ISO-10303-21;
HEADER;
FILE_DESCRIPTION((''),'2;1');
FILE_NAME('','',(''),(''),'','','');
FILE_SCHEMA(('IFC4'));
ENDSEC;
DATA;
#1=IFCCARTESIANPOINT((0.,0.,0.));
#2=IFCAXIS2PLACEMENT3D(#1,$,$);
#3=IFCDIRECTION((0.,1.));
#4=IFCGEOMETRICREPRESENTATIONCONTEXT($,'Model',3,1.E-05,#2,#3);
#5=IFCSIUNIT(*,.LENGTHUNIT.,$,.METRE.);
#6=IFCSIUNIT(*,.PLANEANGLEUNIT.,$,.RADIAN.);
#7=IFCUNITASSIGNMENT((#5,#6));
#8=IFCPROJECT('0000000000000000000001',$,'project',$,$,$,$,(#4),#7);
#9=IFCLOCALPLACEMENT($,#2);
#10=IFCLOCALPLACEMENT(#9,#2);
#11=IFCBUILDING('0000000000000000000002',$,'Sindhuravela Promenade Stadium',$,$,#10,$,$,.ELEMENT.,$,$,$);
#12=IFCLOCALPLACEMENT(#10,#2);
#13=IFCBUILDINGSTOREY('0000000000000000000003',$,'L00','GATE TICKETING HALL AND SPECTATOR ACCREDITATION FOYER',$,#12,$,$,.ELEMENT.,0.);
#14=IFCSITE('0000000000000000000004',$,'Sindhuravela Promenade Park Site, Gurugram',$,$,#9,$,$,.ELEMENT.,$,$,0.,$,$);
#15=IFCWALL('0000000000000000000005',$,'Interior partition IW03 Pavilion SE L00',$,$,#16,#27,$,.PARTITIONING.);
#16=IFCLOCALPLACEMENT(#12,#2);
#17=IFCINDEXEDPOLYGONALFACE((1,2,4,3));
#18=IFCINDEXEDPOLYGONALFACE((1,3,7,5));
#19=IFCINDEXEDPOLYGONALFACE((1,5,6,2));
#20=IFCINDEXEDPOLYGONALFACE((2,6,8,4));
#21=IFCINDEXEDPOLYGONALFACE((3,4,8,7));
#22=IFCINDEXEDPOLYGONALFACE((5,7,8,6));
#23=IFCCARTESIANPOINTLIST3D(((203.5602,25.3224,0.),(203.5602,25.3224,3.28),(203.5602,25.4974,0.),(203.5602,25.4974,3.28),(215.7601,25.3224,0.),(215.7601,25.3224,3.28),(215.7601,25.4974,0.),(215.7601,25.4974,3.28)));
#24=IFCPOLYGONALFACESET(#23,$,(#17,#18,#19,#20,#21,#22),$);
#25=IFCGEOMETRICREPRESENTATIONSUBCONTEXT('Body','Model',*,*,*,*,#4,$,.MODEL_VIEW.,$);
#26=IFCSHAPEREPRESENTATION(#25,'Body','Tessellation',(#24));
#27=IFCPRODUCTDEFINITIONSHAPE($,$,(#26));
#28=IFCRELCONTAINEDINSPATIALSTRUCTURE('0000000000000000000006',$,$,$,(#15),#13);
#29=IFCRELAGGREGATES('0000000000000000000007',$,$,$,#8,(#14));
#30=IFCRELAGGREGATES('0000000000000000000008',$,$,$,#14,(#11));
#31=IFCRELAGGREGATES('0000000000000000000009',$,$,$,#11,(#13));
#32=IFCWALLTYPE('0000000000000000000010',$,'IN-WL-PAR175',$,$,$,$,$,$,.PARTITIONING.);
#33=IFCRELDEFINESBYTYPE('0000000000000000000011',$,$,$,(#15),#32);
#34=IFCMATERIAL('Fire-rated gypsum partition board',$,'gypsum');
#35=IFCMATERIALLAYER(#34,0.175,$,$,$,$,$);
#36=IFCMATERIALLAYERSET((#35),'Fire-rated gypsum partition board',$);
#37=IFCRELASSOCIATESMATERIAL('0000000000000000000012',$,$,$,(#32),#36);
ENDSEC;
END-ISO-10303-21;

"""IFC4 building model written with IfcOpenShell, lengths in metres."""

from ifc_helpers import new_model, si_unit, direction, frame, frame_2d, origin, place, context, subcontext, project, spatial, rectangle, extrude, material, layer, layer_set, type_object, element, save


model = new_model("IFC4")

# Units and contexts
model_context = context("Model", 3, precision=1e-05, world=origin(), true_north=direction((0.0, 1.0)))
body_context = subcontext(model_context, "Body", "Model", "MODEL_VIEW")
ifc_project = project(units=[si_unit("LENGTHUNIT", "METRE"), si_unit("PLANEANGLEUNIT", "RADIAN")], contexts=[model_context])

# Site, building, storey
site_placement = place(None, origin())
site = spatial("IfcSite", under=ifc_project, at=site_placement, Name="Sindhuravela Promenade Park Site, Gurugram", CompositionType="ELEMENT", RefElevation=0.0)
building_placement = place(site_placement, origin())
building = spatial("IfcBuilding", under=site, at=building_placement, Name="Sindhuravela Promenade Stadium", CompositionType="ELEMENT")
storey_placement = place(building_placement, origin())
storey = spatial("IfcBuildingStorey", under=building, at=storey_placement, Name="L00", Description="GATE TICKETING HALL AND SPECTATOR ACCREDITATION FOYER", CompositionType="ELEMENT", Elevation=0.0)

# Shared definitions
ifc_material_1 = material(Name="Fire-rated gypsum partition board", Category="gypsum")

# Wall
ifc_layer_1 = layer(ifc_material_1, 0.175)
ifc_layer_set_1 = layer_set([ifc_layer_1], Name="Fire-rated gypsum partition board")
wall_type_1 = type_object("IfcWallType", Name="IN-WL-PAR175", PredefinedType="PARTITIONING", material=ifc_layer_set_1)
wall_1_placement = place(storey_placement, frame((203.5601, 25.4099, 0.0), z_axis=(0.0, 0.0, 1.0), x_axis=(1.0, 0.0, 0.0)))
element("IfcWall", 1, at=wall_1_placement, inside=storey, type_object=wall_type_1, Name="Interior partition IW03 Pavilion SE L00", PredefinedType="PARTITIONING", context=body_context, shape_type="SweptSolid", body=[
    extrude(rectangle(XDim=12.2, YDim=0.175, at=frame_2d((6.1001, 0.0))), origin(), (0.0, 0.0, 1.0), 3.28),
])

save(model, "model.ifc")
